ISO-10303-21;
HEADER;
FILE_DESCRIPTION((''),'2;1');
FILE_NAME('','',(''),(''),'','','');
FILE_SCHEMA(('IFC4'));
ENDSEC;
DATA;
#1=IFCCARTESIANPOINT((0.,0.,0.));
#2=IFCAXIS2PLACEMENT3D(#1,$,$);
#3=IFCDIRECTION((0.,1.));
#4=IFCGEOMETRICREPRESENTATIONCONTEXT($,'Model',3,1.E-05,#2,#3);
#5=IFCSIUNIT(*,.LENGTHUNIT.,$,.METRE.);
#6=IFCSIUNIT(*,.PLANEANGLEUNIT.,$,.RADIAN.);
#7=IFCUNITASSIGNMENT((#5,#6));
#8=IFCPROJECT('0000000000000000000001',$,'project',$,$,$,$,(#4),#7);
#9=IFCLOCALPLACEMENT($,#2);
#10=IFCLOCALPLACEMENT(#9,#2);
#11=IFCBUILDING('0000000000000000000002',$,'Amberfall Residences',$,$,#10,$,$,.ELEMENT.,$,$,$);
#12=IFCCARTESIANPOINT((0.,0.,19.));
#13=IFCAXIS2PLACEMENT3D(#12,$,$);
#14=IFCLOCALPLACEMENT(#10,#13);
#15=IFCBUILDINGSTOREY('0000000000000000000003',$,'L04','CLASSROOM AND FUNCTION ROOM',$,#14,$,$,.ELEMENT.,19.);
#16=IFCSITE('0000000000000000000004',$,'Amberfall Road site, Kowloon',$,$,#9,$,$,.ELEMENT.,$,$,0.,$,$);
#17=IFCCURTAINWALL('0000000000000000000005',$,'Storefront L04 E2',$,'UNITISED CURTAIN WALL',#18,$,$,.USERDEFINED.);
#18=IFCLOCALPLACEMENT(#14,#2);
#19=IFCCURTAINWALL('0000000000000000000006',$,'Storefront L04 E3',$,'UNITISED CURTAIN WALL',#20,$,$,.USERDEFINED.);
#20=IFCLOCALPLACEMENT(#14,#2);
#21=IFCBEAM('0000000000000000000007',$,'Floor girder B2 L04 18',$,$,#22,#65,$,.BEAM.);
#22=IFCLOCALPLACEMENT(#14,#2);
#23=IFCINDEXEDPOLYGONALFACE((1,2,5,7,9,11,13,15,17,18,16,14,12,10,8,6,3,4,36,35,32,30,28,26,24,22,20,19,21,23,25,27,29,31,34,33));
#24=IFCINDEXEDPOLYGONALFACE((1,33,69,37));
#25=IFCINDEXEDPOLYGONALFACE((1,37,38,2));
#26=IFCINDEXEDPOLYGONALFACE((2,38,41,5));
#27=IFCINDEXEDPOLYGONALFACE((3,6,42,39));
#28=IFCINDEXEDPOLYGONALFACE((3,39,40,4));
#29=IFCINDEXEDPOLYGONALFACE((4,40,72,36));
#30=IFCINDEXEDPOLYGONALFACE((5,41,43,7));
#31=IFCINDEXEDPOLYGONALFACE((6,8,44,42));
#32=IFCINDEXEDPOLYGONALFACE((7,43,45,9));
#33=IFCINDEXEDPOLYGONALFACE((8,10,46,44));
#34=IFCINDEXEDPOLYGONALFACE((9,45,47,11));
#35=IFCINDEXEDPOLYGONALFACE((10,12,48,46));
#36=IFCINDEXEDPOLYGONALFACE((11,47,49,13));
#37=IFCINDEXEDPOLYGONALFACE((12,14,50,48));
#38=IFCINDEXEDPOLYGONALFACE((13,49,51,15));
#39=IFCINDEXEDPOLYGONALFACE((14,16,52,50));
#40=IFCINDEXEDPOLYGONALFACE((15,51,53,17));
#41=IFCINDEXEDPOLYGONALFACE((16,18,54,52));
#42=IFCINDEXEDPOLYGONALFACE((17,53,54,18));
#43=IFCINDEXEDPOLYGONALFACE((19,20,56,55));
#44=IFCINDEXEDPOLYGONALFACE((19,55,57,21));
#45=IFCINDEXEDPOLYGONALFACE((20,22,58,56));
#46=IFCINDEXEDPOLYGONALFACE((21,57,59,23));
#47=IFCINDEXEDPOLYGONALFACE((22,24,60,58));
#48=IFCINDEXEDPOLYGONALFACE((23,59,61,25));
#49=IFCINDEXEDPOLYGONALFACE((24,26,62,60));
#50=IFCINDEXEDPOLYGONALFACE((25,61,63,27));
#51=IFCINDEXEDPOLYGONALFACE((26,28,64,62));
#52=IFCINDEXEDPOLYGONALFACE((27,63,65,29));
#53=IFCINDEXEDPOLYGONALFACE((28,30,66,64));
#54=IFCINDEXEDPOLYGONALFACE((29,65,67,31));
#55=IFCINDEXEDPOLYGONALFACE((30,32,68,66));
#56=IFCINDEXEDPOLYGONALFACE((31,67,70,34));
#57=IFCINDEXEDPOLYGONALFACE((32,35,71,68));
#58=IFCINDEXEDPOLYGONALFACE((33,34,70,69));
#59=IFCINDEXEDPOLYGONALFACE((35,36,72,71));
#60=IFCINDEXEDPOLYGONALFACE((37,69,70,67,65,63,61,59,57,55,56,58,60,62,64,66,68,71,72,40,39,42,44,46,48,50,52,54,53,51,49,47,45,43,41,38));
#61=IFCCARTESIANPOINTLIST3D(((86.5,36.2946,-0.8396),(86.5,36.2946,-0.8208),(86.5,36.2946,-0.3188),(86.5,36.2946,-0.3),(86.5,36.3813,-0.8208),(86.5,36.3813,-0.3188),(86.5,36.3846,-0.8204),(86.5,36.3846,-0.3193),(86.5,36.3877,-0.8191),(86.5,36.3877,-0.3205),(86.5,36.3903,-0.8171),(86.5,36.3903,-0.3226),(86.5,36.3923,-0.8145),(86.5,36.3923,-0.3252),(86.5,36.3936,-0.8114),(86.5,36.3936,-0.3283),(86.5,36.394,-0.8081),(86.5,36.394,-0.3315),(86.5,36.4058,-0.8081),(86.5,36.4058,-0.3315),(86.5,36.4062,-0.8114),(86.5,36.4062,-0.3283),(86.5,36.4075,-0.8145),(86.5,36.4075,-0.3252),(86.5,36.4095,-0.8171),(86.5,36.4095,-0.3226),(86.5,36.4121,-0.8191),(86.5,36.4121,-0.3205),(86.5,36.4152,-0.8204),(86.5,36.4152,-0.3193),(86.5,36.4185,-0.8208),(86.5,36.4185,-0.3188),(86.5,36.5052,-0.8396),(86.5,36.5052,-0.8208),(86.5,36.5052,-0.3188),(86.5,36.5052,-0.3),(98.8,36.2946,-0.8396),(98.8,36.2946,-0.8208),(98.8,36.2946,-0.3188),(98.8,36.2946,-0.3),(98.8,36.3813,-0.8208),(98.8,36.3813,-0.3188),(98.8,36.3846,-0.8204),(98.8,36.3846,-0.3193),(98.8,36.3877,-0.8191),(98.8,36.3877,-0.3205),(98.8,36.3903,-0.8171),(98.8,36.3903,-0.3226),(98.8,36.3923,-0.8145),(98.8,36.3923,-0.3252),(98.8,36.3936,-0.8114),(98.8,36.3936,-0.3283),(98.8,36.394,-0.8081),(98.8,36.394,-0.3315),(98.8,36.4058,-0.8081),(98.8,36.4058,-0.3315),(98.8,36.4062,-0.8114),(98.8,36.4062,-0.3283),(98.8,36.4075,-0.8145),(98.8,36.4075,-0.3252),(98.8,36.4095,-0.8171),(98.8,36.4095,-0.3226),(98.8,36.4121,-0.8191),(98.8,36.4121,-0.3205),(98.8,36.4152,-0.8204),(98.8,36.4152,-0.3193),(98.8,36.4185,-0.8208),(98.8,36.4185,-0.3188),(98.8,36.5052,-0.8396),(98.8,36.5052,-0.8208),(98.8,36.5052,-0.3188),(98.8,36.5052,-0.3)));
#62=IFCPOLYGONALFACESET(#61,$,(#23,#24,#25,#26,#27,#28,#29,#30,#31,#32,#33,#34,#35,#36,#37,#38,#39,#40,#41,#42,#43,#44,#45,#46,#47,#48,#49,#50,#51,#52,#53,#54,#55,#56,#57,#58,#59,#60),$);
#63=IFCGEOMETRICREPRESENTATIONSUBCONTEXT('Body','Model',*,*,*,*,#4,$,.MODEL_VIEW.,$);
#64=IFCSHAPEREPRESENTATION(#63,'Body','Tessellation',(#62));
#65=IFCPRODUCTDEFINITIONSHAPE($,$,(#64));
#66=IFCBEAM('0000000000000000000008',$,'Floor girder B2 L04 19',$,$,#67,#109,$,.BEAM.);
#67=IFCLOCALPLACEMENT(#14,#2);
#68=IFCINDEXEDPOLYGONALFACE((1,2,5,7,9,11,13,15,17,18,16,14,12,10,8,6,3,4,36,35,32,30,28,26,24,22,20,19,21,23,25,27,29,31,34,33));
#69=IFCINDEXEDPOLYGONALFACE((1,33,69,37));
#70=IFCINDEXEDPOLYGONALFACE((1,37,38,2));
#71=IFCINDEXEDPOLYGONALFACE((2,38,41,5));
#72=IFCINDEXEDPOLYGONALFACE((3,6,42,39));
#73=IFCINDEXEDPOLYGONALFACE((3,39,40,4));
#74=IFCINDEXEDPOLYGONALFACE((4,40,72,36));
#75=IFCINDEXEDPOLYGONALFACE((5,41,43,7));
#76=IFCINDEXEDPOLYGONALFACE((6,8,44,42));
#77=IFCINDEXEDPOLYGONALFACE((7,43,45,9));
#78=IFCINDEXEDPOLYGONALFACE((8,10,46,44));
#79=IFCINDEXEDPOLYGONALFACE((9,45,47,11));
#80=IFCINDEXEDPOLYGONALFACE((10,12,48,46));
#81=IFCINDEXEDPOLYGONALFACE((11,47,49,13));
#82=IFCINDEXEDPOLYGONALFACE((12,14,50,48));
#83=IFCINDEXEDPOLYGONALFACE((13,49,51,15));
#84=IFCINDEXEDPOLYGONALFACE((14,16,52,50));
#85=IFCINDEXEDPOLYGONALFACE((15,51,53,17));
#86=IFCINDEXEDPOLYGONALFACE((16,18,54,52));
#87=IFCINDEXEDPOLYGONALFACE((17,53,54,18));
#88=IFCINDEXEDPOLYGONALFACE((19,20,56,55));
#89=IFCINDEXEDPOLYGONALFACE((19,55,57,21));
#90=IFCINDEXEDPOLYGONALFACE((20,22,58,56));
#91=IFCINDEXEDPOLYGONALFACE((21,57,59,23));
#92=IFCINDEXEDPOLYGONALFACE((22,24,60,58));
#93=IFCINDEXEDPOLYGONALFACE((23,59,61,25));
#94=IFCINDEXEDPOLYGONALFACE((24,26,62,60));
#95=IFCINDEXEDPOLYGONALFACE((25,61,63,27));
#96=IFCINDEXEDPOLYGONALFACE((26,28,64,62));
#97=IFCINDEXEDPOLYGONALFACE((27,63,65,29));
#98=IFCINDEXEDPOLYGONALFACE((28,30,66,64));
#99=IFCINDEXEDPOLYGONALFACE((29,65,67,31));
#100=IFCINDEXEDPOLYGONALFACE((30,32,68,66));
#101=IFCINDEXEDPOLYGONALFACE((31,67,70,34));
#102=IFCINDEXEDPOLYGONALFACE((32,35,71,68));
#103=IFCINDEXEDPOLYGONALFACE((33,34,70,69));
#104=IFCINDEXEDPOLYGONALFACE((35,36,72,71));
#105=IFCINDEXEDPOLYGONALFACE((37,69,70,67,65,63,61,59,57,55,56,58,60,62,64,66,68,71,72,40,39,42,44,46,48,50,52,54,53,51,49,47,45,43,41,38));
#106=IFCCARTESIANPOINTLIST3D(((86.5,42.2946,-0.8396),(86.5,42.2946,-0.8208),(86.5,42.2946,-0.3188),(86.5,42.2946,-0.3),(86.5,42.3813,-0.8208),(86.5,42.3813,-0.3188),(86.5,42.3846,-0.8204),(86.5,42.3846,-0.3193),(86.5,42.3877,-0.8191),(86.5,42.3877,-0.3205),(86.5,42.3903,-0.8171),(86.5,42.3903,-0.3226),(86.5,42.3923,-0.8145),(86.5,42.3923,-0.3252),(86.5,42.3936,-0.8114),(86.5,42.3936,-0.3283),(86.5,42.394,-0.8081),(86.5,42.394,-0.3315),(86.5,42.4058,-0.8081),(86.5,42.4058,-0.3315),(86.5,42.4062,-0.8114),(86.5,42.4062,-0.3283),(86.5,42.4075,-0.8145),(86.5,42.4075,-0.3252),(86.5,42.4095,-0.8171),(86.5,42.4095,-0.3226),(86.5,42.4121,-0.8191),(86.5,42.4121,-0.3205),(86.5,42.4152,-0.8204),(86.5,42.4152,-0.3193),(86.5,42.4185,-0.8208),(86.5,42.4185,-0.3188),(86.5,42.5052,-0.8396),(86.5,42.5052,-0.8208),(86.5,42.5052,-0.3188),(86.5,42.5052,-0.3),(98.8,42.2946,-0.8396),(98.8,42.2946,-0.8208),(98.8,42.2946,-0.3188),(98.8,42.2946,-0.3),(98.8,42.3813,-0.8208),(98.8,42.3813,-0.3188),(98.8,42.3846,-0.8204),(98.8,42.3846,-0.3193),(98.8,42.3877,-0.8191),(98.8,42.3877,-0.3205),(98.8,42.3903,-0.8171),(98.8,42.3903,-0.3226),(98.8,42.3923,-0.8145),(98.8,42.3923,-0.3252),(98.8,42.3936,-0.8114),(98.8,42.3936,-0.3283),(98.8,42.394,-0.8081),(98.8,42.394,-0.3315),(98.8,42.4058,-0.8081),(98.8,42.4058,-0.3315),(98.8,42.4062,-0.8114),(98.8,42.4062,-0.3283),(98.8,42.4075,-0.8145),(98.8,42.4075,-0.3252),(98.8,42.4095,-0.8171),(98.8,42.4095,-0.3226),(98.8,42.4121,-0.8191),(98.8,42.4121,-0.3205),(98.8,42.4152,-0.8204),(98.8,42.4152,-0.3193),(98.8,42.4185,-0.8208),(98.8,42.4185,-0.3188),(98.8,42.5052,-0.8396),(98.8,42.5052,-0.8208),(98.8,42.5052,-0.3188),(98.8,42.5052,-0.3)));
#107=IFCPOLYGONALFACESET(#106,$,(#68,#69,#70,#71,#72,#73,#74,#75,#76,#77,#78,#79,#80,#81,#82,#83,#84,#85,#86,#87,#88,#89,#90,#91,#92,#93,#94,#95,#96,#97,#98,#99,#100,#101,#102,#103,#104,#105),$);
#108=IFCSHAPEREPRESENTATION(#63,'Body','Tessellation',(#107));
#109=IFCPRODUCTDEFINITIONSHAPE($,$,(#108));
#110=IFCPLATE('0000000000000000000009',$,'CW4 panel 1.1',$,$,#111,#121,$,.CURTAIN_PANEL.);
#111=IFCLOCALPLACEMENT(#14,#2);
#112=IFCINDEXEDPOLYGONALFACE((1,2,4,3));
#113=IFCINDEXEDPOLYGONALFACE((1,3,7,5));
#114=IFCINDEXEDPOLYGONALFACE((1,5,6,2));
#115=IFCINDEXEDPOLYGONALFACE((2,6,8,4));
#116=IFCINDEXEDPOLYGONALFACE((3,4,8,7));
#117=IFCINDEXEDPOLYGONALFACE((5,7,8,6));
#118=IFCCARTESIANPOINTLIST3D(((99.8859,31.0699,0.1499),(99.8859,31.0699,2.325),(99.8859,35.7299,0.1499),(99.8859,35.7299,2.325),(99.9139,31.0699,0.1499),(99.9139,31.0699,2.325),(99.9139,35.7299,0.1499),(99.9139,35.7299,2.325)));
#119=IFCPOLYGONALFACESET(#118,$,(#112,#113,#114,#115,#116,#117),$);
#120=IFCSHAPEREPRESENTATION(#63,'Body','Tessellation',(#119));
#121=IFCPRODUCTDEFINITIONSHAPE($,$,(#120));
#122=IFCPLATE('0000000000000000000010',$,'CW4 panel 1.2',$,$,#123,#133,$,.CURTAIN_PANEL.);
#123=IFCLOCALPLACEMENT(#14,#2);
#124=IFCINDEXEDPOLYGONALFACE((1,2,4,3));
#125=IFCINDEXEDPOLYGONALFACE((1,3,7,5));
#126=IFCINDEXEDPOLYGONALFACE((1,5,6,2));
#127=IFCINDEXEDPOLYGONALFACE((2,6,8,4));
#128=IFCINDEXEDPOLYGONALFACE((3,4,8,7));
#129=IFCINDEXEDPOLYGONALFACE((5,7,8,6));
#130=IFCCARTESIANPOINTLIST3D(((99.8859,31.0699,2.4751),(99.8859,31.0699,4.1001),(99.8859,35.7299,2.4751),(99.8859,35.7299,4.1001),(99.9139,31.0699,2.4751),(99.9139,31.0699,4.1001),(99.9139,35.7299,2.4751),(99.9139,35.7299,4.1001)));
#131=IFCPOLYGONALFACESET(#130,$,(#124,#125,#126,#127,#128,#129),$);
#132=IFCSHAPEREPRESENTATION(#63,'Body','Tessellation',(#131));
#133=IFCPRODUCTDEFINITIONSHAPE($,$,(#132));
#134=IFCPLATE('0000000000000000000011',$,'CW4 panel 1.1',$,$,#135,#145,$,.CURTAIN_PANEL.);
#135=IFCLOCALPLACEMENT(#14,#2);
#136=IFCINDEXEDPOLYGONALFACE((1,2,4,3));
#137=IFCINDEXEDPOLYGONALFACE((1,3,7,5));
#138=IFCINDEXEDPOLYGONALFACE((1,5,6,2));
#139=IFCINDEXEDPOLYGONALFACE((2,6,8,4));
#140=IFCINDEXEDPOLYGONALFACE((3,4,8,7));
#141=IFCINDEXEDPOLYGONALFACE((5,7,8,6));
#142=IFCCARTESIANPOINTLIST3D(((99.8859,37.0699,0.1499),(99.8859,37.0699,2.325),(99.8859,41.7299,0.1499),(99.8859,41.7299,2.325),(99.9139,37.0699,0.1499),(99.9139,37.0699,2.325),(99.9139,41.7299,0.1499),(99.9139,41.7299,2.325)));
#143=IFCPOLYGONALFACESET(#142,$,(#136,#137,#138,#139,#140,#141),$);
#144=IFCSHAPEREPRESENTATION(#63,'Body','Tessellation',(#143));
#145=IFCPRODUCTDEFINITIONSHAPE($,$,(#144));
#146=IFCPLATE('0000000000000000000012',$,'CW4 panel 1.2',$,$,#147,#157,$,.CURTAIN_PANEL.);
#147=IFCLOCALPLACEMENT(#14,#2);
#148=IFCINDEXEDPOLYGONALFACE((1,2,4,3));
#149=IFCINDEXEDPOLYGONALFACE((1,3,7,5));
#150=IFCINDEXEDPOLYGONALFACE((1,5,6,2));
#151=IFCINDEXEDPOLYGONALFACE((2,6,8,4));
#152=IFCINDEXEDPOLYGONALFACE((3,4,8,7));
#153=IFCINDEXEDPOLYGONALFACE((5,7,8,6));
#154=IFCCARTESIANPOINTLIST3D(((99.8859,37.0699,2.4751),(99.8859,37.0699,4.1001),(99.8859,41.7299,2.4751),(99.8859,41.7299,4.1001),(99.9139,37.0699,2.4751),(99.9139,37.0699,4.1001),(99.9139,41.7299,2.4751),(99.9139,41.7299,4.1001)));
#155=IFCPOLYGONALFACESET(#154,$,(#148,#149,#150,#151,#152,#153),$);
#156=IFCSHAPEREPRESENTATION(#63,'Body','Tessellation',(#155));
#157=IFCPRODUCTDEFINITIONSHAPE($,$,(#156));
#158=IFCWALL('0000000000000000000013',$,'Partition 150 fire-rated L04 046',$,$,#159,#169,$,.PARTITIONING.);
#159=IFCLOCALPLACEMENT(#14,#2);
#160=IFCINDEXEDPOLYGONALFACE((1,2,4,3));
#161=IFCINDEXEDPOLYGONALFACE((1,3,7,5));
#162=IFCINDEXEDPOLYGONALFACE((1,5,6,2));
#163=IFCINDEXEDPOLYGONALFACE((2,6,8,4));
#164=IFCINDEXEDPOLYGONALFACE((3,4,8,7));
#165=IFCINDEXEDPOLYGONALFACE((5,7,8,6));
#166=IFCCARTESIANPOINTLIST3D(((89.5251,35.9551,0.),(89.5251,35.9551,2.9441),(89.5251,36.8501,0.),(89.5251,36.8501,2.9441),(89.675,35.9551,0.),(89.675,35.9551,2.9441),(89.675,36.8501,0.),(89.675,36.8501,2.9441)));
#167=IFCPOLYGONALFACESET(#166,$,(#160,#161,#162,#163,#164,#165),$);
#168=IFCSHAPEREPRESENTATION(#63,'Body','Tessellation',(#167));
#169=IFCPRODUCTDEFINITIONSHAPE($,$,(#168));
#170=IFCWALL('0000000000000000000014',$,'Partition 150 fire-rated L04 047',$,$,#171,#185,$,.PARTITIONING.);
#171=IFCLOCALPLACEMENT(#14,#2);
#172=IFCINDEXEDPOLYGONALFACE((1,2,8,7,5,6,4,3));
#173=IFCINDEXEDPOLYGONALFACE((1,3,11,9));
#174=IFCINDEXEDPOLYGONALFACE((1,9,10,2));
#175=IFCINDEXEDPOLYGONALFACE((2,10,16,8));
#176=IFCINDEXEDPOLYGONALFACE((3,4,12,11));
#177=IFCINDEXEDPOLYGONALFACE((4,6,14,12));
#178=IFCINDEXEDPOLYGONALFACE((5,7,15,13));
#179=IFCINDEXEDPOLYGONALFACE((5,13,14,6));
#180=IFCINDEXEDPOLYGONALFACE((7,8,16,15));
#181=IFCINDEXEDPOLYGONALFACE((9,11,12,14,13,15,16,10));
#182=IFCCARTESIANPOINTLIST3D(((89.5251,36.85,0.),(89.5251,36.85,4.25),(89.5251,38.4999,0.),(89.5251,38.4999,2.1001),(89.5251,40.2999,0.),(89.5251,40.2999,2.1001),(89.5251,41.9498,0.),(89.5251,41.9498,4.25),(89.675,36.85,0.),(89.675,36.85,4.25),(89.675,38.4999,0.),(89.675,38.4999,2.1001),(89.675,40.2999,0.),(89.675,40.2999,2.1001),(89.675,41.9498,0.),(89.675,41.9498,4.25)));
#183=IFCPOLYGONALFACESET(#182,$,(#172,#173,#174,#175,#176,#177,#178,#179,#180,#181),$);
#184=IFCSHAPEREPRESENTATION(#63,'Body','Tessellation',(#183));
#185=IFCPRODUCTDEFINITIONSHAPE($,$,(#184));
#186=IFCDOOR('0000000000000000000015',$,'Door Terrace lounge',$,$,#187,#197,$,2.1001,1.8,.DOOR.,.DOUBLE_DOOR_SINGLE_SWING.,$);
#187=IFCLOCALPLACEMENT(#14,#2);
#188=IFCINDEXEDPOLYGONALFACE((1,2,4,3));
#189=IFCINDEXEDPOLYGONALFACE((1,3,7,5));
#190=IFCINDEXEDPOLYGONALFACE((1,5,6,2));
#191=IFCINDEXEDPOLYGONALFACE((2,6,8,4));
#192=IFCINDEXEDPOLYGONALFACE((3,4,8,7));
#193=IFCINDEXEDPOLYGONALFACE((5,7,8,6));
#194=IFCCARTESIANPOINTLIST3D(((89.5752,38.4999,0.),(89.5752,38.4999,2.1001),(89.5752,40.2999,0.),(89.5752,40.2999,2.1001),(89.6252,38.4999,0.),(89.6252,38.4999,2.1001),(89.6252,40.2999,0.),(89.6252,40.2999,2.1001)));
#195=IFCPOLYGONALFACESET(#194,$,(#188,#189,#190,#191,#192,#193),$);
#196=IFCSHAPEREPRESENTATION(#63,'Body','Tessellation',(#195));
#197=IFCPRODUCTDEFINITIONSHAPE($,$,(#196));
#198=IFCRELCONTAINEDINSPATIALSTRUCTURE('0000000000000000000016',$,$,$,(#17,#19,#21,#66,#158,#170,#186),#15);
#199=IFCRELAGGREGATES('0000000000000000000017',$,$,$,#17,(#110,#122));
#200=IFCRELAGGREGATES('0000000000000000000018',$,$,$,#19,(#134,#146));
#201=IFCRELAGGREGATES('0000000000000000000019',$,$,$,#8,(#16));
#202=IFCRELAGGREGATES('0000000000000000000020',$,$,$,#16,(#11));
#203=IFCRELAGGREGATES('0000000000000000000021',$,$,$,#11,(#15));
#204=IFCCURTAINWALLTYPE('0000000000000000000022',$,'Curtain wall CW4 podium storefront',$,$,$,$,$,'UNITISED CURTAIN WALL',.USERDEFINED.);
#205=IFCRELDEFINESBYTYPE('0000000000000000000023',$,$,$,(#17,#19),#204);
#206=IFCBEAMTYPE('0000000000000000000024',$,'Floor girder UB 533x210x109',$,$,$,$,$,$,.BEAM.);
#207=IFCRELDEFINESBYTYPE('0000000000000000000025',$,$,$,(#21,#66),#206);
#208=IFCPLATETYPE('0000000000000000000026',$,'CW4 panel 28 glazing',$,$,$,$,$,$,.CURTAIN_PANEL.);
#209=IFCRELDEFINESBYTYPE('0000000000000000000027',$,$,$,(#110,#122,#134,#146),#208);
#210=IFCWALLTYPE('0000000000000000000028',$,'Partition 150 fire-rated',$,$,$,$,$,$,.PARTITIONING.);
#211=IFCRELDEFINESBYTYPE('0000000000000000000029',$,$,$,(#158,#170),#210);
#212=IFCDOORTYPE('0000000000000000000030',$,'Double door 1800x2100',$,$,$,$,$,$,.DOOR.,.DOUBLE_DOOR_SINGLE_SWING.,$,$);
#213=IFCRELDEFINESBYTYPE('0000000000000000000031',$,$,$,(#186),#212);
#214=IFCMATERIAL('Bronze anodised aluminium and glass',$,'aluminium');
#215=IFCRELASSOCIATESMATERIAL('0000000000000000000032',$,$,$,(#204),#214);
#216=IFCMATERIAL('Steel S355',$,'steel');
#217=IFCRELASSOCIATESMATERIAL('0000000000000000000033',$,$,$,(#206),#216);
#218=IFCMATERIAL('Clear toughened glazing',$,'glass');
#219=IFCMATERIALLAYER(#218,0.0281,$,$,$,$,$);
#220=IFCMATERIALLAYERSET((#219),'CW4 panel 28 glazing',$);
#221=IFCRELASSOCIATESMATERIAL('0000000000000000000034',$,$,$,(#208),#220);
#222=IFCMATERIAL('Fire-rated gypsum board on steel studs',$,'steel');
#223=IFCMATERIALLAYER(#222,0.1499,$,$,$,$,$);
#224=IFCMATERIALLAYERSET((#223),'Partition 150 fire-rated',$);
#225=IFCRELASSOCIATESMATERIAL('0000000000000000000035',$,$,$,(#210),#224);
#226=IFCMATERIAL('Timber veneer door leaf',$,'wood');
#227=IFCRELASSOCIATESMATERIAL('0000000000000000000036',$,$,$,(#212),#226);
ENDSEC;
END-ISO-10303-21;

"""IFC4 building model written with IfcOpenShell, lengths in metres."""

from ifc_helpers import new_model, si_unit, direction, frame, frame_2d, origin, origin_2d, place, context, subcontext, project, spatial, rectangle, i_section, extrude, material, layer, layer_set, material_profile, profile_set, type_object, element, fill, aggregate, save


model = new_model("IFC4")

# Units and contexts
model_context = context("Model", 3, precision=1e-05, world=origin(), true_north=direction((0.0, 1.0)))
body_context = subcontext(model_context, "Body", "Model", "MODEL_VIEW")
ifc_project = project(units=[si_unit("LENGTHUNIT", "METRE"), si_unit("PLANEANGLEUNIT", "RADIAN")], contexts=[model_context])

# Site, building, storey
site_placement = place(None, origin())
site = spatial("IfcSite", under=ifc_project, at=site_placement, Name="Amberfall Road site, Kowloon", CompositionType="ELEMENT", RefElevation=0.0)
building_placement = place(site_placement, origin())
building = spatial("IfcBuilding", under=site, at=building_placement, Name="Amberfall Residences", CompositionType="ELEMENT")
storey_placement = place(building_placement, frame((0.0, 0.0, 19.0)))
storey = spatial("IfcBuildingStorey", under=building, at=storey_placement, Name="L04", Description="CLASSROOM AND FUNCTION ROOM", CompositionType="ELEMENT", Elevation=19.0)

# Curtain wall
ifc_material_1 = material(Name="Bronze anodised aluminium and glass", Category="aluminium")
curtain_wall_type = type_object("IfcCurtainWallType", Name="Curtain wall CW4 podium storefront", ElementType="UNITISED CURTAIN WALL", PredefinedType="USERDEFINED", material=ifc_material_1)
curtain_wall_1_placement = place(storey_placement, origin())
curtain_wall_1 = element("IfcCurtainWall", 1, at=curtain_wall_1_placement, inside=storey, type_object=curtain_wall_type, Name="Storefront L04 E2", ObjectType="UNITISED CURTAIN WALL", PredefinedType="USERDEFINED")

# Curtain wall
curtain_wall_2_placement = place(storey_placement, origin())
curtain_wall_2 = element("IfcCurtainWall", 2, at=curtain_wall_2_placement, inside=storey, type_object=curtain_wall_type, Name="Storefront L04 E3", ObjectType="UNITISED CURTAIN WALL", PredefinedType="USERDEFINED")

# Beams
ifc_material_2 = material(Name="Steel S355", Category="steel")
ifc_material_profile_1 = material_profile(ifc_material_2, i_section(OverallWidth=0.2107, OverallDepth=0.5396, WebThickness=0.0117, FlangeThickness=0.0188, FilletRadius=0.0127, at=origin_2d()), Name="UB 533x210x109")
ifc_profile_set_1 = profile_set([ifc_material_profile_1], Name="Steel S355")
beam_type_1 = type_object("IfcBeamType", Name="Floor girder UB 533x210x109", PredefinedType="BEAM", material=ifc_profile_set_1)
for number, where, z_axis, x_axis, name in (
    (3, (98.8, 36.3999, -0.5698), (-1.0, 0.0, 0.0), (0.0, -1.0, 0.0), "Floor girder B2 L04 18"),
    (4, (98.8, 42.3999, -0.5698), (-1.0, 0.0, 0.0), (0.0, -1.0, 0.0), "Floor girder B2 L04 19"),
):
    element("IfcBeam", number, at=place(storey_placement, frame(where, z_axis=z_axis, x_axis=x_axis)), inside=storey, type_object=beam_type_1, Name=name, PredefinedType="BEAM", context=body_context, shape_type="SweptSolid", body=[
        extrude(i_section(OverallWidth=0.2107, OverallDepth=0.5396, WebThickness=0.0117, FlangeThickness=0.0188, FilletRadius=0.0127, at=origin_2d()), origin(), (0.0, 0.0, 1.0), 12.3),
    ])

# Plates
ifc_material_3 = material(Name="Clear toughened glazing", Category="glass")
ifc_layer_1 = layer(ifc_material_3, 0.0281)
ifc_layer_set_1 = layer_set([ifc_layer_1], Name="CW4 panel 28 glazing")
plate_type = type_object("IfcPlateType", Name="CW4 panel 28 glazing", PredefinedType="CURTAIN_PANEL", material=ifc_layer_set_1)
plate_1_placement = place(storey_placement, frame((99.8999, 33.3999, 0.1499), z_axis=(0.0, 0.0, 1.0), x_axis=(0.0, 1.0, 0.0)))
plate_1 = element("IfcPlate", 5, at=plate_1_placement, type_object=plate_type, Name="CW4 panel 1.1", PredefinedType="CURTAIN_PANEL", context=body_context, shape_type="SweptSolid", body=[
    extrude(rectangle(XDim=4.6599, YDim=0.0281, at=origin_2d()), origin(), (0.0, 0.0, 1.0), 2.175),
])
plate_2_placement = place(storey_placement, frame((99.8999, 33.3999, 2.4751), z_axis=(0.0, 0.0, 1.0), x_axis=(0.0, 1.0, 0.0)))
plate_2 = element("IfcPlate", 6, at=plate_2_placement, type_object=plate_type, Name="CW4 panel 1.2", PredefinedType="CURTAIN_PANEL", context=body_context, shape_type="SweptSolid", body=[
    extrude(rectangle(XDim=4.6599, YDim=0.0281, at=origin_2d()), origin(), (0.0, 0.0, 1.0), 1.625),
])
aggregate(curtain_wall_1, [plate_1, plate_2])
plate_3_placement = place(storey_placement, frame((99.8999, 39.3999, 0.1499), z_axis=(0.0, 0.0, 1.0), x_axis=(0.0, 1.0, 0.0)))
plate_3 = element("IfcPlate", 7, at=plate_3_placement, type_object=plate_type, Name="CW4 panel 1.1", PredefinedType="CURTAIN_PANEL", context=body_context, shape_type="SweptSolid", body=[
    extrude(rectangle(XDim=4.6599, YDim=0.0281, at=origin_2d()), origin(), (0.0, 0.0, 1.0), 2.175),
])
plate_4_placement = place(storey_placement, frame((99.8999, 39.3999, 2.4751), z_axis=(0.0, 0.0, 1.0), x_axis=(0.0, 1.0, 0.0)))
plate_4 = element("IfcPlate", 8, at=plate_4_placement, type_object=plate_type, Name="CW4 panel 1.2", PredefinedType="CURTAIN_PANEL", context=body_context, shape_type="SweptSolid", body=[
    extrude(rectangle(XDim=4.6599, YDim=0.0281, at=origin_2d()), origin(), (0.0, 0.0, 1.0), 1.625),
])
aggregate(curtain_wall_2, [plate_3, plate_4])

# Wall
ifc_material_4 = material(Name="Fire-rated gypsum board on steel studs", Category="steel")
ifc_layer_2 = layer(ifc_material_4, 0.1499)
ifc_layer_set_2 = layer_set([ifc_layer_2], Name="Partition 150 fire-rated")
wall_type = type_object("IfcWallType", Name="Partition 150 fire-rated", PredefinedType="PARTITIONING", material=ifc_layer_set_2)
wall_1_placement = place(storey_placement, frame((89.6001, 35.9551, 0.0), z_axis=(0.0, 0.0, 1.0), x_axis=(0.0, 1.0, 0.0)))
element("IfcWall", 9, at=wall_1_placement, inside=storey, type_object=wall_type, Name="Partition 150 fire-rated L04 046", PredefinedType="PARTITIONING", context=body_context, shape_type="SweptSolid", body=[
    extrude(rectangle(XDim=0.895, YDim=0.1499, at=frame_2d((0.4475, 0.0))), origin(), (0.0, 0.0, 1.0), 2.9441),
])

# Wall, opening, door
wall_2_placement = place(storey_placement, frame((89.6001, 36.8501, 0.0), z_axis=(0.0, 0.0, 1.0), x_axis=(0.0, 1.0, 0.0)))
wall_2 = element("IfcWall", 10, at=wall_2_placement, inside=storey, type_object=wall_type, Name="Partition 150 fire-rated L04 047", PredefinedType="PARTITIONING", context=body_context, shape_type="SweptSolid", body=[
    extrude(rectangle(XDim=5.0999, YDim=0.1499, at=frame_2d((2.5498, 0.0))), origin(), (0.0, 0.0, 1.0), 4.25),
])
opening_placement = place(wall_2_placement, frame((1.6499, 0.0, 0.0)))
opening = element("IfcOpeningElement", 11, at=opening_placement, cuts=wall_2, PredefinedType="OPENING", context=body_context, shape_type="SweptSolid", body=[
    extrude(rectangle(XDim=1.8, YDim=2.1001, at=frame_2d((0.8999, 1.05))), frame((0.0, 0.085, 0.0), z_axis=(0.0, -1.0, 0.0), x_axis=(1.0, 0.0, 0.0)), (0.0, 0.0, 1.0), 0.1699),
])
ifc_material_5 = material(Name="Timber veneer door leaf", Category="wood")
door_type = type_object("IfcDoorType", Name="Double door 1800x2100", OperationType="DOUBLE_DOOR_SINGLE_SWING", PredefinedType="DOOR", material=ifc_material_5)
door_placement = place(opening_placement, origin())
door = element("IfcDoor", 12, at=door_placement, inside=storey, type_object=door_type, Name="Door Terrace lounge", OperationType="DOUBLE_DOOR_SINGLE_SWING", OverallHeight=2.1001, OverallWidth=1.8, PredefinedType="DOOR", context=body_context, shape_type="SweptSolid", body=[
    extrude(rectangle(XDim=1.8, YDim=2.1001, at=frame_2d((0.8999, 1.05))), frame((0.0, 0.0249, 0.0), z_axis=(0.0, -1.0, 0.0), x_axis=(1.0, 0.0, 0.0)), (0.0, 0.0, 1.0), 0.05),
])
fill(opening, door)

save(model, "model.ifc")
